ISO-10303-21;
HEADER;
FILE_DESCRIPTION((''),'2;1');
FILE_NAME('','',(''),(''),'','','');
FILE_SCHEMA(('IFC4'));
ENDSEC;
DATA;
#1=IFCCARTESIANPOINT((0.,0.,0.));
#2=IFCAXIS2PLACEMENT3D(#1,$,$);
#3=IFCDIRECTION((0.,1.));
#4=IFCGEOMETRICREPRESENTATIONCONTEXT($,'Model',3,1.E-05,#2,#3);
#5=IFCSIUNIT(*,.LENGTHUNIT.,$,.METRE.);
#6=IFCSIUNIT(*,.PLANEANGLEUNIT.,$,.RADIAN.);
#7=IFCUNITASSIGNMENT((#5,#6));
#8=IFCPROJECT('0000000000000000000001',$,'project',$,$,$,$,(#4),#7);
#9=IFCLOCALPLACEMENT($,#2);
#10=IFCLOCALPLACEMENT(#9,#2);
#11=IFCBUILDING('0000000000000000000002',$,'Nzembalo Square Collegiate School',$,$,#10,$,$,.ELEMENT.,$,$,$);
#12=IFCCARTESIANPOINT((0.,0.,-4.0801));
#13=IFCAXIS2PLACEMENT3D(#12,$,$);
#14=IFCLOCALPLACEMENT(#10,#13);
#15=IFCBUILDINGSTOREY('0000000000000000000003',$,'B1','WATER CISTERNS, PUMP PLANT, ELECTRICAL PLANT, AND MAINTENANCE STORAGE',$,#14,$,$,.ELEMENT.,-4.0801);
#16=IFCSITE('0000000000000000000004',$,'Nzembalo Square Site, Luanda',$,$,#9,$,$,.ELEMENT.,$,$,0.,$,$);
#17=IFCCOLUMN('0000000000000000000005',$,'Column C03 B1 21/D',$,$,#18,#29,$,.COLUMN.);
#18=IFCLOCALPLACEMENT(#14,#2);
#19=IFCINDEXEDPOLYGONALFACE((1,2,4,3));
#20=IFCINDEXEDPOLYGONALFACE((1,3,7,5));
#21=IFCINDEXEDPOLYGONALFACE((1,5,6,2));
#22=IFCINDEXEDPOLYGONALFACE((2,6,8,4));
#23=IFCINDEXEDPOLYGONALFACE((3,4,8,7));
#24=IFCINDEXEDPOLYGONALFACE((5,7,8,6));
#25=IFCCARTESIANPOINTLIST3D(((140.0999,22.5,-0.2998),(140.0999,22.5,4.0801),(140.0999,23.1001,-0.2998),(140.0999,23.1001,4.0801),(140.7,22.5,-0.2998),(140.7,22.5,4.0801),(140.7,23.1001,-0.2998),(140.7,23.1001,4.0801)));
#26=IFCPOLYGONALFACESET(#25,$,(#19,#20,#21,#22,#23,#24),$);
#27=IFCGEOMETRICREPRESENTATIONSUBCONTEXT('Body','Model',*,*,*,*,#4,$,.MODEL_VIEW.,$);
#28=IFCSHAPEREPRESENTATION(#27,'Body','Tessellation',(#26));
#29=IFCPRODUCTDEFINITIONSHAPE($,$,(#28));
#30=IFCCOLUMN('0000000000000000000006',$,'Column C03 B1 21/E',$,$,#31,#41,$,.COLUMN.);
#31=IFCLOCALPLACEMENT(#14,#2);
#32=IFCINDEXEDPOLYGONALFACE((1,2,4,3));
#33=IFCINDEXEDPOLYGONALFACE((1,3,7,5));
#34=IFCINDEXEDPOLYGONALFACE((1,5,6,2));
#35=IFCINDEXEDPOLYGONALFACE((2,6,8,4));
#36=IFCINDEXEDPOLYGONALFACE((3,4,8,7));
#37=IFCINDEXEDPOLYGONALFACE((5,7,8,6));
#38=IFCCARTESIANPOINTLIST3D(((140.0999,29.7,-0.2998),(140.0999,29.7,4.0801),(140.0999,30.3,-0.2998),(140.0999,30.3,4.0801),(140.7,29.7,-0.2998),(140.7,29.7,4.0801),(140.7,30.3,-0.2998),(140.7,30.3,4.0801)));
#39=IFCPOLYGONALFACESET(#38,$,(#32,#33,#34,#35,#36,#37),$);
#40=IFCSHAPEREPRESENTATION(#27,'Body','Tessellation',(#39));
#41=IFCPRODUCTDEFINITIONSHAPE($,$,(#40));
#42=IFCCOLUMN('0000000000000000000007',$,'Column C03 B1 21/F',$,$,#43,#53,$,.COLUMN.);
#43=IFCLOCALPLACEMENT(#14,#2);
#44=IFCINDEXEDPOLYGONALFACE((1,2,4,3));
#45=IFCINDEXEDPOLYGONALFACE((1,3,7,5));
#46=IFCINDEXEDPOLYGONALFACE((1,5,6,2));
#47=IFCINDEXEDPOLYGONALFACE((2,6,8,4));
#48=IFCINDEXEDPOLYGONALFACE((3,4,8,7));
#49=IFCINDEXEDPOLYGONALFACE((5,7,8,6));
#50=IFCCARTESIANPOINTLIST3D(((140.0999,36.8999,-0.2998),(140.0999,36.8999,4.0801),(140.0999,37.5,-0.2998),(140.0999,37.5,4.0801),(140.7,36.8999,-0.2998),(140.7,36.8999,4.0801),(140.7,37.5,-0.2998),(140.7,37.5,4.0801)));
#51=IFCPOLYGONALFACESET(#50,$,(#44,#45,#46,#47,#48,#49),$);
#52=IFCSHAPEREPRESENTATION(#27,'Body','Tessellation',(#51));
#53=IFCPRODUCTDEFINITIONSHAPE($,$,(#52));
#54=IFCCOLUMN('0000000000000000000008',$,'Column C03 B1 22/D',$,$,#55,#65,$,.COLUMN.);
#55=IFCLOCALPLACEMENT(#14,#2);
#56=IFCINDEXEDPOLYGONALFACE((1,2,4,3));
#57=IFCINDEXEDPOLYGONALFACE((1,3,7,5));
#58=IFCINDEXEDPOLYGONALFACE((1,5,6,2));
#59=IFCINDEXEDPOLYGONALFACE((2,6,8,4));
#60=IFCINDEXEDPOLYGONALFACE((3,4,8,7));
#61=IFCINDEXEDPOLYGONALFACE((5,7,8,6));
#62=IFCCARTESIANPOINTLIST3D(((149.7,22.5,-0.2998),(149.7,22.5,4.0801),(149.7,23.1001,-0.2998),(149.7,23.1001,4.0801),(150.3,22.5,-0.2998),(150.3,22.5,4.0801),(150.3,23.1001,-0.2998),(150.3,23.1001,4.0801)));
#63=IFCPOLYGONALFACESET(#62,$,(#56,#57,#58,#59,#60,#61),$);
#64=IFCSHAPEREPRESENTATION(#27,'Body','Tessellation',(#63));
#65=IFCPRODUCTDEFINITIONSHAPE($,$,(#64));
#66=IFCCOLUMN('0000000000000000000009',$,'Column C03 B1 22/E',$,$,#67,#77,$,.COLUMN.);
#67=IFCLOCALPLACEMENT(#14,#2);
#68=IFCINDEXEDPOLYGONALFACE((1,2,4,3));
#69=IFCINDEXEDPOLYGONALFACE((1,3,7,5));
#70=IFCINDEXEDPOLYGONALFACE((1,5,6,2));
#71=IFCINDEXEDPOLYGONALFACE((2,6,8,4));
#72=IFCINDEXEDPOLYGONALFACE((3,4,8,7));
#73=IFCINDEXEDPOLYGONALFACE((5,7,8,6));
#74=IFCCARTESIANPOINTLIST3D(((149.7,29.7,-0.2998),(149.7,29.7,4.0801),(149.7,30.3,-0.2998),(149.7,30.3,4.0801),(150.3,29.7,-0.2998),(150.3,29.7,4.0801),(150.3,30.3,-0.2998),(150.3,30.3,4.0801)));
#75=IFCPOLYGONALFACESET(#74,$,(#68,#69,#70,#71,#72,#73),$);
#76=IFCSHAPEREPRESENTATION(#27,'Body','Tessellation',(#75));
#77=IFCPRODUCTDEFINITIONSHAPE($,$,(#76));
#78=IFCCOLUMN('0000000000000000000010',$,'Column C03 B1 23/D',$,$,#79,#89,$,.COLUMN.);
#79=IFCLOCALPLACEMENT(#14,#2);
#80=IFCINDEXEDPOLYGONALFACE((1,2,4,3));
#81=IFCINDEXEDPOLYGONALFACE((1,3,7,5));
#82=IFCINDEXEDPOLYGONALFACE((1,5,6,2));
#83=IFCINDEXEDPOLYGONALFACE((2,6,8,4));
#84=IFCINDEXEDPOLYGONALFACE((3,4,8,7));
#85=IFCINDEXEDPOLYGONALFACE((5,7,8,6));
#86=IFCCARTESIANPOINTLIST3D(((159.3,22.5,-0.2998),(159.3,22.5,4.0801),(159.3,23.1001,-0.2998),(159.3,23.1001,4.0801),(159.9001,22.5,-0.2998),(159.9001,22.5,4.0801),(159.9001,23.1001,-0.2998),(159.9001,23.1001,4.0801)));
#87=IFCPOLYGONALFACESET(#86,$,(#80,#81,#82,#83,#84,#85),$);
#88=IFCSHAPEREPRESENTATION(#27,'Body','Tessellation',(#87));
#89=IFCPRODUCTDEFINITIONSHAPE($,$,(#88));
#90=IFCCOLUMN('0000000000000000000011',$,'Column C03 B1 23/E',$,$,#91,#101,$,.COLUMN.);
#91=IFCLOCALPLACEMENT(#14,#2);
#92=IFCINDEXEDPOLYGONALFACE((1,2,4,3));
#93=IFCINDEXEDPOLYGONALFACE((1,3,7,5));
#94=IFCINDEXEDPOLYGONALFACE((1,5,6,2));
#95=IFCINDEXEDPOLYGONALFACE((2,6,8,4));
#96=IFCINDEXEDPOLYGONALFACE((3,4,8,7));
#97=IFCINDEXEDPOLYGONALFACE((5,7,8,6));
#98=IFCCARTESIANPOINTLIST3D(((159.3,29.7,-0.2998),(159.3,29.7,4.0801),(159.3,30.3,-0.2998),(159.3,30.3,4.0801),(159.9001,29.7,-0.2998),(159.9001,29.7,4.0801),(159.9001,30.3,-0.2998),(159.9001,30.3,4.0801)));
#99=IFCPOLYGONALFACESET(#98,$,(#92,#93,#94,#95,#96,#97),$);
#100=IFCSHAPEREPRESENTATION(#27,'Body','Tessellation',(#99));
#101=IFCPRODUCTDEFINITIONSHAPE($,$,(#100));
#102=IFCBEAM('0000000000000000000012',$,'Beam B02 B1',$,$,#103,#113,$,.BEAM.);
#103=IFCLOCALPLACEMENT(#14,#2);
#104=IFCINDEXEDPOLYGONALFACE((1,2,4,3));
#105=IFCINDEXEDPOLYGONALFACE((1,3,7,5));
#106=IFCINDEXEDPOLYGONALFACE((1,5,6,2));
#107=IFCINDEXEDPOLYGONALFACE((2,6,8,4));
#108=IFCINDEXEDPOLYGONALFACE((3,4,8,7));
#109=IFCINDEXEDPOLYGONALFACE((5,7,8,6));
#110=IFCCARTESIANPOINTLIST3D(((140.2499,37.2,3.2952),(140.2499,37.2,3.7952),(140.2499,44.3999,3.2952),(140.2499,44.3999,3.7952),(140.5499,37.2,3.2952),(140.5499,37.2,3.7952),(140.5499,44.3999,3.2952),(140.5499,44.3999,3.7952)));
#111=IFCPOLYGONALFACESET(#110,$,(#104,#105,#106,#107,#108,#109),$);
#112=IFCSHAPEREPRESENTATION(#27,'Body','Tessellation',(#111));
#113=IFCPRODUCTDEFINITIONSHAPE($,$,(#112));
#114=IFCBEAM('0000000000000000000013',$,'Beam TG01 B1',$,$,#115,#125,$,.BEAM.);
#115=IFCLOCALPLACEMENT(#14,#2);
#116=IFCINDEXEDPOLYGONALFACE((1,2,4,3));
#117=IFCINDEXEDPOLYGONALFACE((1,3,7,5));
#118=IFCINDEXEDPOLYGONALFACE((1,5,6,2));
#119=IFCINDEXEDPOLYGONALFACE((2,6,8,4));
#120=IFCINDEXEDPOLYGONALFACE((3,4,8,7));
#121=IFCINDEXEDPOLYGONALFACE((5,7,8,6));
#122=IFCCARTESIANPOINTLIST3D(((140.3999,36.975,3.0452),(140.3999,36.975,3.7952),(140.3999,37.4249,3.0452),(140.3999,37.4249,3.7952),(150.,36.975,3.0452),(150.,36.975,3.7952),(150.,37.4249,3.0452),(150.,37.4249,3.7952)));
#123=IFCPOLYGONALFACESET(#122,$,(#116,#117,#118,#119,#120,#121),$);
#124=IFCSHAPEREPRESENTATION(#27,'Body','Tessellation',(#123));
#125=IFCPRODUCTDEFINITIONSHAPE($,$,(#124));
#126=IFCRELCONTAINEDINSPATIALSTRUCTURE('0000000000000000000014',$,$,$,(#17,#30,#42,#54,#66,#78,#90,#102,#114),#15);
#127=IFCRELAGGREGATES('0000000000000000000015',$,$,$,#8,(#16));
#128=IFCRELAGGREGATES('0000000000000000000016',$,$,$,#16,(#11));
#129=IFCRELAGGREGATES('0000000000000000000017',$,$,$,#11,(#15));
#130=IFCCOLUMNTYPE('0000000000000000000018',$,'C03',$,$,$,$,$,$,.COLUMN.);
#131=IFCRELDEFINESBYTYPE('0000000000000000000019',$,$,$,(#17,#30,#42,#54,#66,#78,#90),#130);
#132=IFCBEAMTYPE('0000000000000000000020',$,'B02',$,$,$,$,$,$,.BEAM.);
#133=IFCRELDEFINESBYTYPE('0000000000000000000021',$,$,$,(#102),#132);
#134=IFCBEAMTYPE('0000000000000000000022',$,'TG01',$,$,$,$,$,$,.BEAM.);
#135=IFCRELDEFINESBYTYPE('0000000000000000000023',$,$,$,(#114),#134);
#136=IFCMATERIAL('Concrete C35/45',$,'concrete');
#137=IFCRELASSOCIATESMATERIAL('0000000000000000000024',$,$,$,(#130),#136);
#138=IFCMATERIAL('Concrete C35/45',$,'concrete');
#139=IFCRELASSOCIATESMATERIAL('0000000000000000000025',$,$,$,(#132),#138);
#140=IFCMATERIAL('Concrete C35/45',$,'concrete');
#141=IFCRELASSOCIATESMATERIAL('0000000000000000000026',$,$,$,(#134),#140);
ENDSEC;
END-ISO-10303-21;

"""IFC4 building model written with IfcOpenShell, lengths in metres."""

from ifc_helpers import new_model, si_unit, direction, frame, origin, origin_2d, place, context, subcontext, project, spatial, rectangle, extrude, material, material_profile, profile_set, type_object, element, save


model = new_model("IFC4")

# Units and contexts
model_context = context("Model", 3, precision=1e-05, world=origin(), true_north=direction((0.0, 1.0)))
body_context = subcontext(model_context, "Body", "Model", "MODEL_VIEW")
ifc_project = project(units=[si_unit("LENGTHUNIT", "METRE"), si_unit("PLANEANGLEUNIT", "RADIAN")], contexts=[model_context])

# Site, building, storey
site_placement = place(None, origin())
site = spatial("IfcSite", under=ifc_project, at=site_placement, Name="Nzembalo Square Site, Luanda", CompositionType="ELEMENT", RefElevation=0.0)
building_placement = place(site_placement, origin())
building = spatial("IfcBuilding", under=site, at=building_placement, Name="Nzembalo Square Collegiate School", CompositionType="ELEMENT")
storey_placement = place(building_placement, frame((0.0, 0.0, -4.0801)))
storey = spatial("IfcBuildingStorey", under=building, at=storey_placement, Name="B1", Description="WATER CISTERNS, PUMP PLANT, ELECTRICAL PLANT, AND MAINTENANCE STORAGE", CompositionType="ELEMENT", Elevation=-4.0801)

# Columns
ifc_material_1 = material(Name="Concrete C35/45", Category="concrete")
ifc_material_profile_1 = material_profile(ifc_material_1, rectangle(XDim=0.6001, YDim=0.6001, at=origin_2d()), Name="RC 600x600")
ifc_profile_set_1 = profile_set([ifc_material_profile_1], Name="Concrete C35/45")
column_type = type_object("IfcColumnType", Name="C03", PredefinedType="COLUMN", material=ifc_profile_set_1)
for number, where, z_axis, x_axis, name in (
    (1, (140.3999, 22.8, -0.2998), (0.0, 0.0, 1.0), (1.0, 0.0, 0.0), "Column C03 B1 21/D"),
    (2, (140.3999, 30.0, -0.2998), (0.0, 0.0, 1.0), (1.0, 0.0, 0.0), "Column C03 B1 21/E"),
    (3, (140.3999, 37.2, -0.2998), (0.0, 0.0, 1.0), (1.0, 0.0, 0.0), "Column C03 B1 21/F"),
    (4, (150.0, 22.8, -0.2998), (0.0, 0.0, 1.0), (1.0, 0.0, 0.0), "Column C03 B1 22/D"),
    (5, (150.0, 30.0, -0.2998), (0.0, 0.0, 1.0), (1.0, 0.0, 0.0), "Column C03 B1 22/E"),
    (6, (159.6001, 22.8, -0.2998), (0.0, 0.0, 1.0), (1.0, 0.0, 0.0), "Column C03 B1 23/D"),
    (7, (159.6001, 30.0, -0.2998), (0.0, 0.0, 1.0), (1.0, 0.0, 0.0), "Column C03 B1 23/E"),
):
    element("IfcColumn", number, at=place(storey_placement, frame(where, z_axis=z_axis, x_axis=x_axis)), inside=storey, type_object=column_type, Name=name, PredefinedType="COLUMN", context=body_context, shape_type="SweptSolid", body=[
        extrude(rectangle(XDim=0.6001, YDim=0.6001, at=origin_2d()), origin(), (0.0, 0.0, 1.0), 4.3799),
    ])

# Beams
ifc_material_2 = material(Name="Concrete C35/45", Category="concrete")
ifc_material_profile_2 = material_profile(ifc_material_2, rectangle(XDim=0.3, YDim=0.5, at=origin_2d()), Name="RC 300x500")
ifc_profile_set_2 = profile_set([ifc_material_profile_2], Name="Concrete C35/45")
beam_type_1 = type_object("IfcBeamType", Name="B02", PredefinedType="BEAM", material=ifc_profile_set_2)
beam_1_placement = place(storey_placement, frame((140.3999, 37.2, 3.5452), z_axis=(0.0, 1.0, 0.0), x_axis=(-1.0, 0.0, 0.0)))
element("IfcBeam", 8, at=beam_1_placement, inside=storey, type_object=beam_type_1, Name="Beam B02 B1", PredefinedType="BEAM", context=body_context, shape_type="SweptSolid", body=[
    extrude(rectangle(XDim=0.3, YDim=0.5, at=origin_2d()), origin(), (0.0, 0.0, 1.0), 7.2),
])
ifc_material_3 = material(Name="Concrete C35/45", Category="concrete")
ifc_material_profile_3 = material_profile(ifc_material_3, rectangle(XDim=0.45, YDim=0.75, at=origin_2d()), Name="RC 450x750")
ifc_profile_set_3 = profile_set([ifc_material_profile_3], Name="Concrete C35/45")
beam_type_2 = type_object("IfcBeamType", Name="TG01", PredefinedType="BEAM", material=ifc_profile_set_3)
beam_2_placement = place(storey_placement, frame((140.3999, 37.2, 3.4202), z_axis=(1.0, 0.0, 0.0), x_axis=(0.0, 1.0, 0.0)))
element("IfcBeam", 9, at=beam_2_placement, inside=storey, type_object=beam_type_2, Name="Beam TG01 B1", PredefinedType="BEAM", context=body_context, shape_type="SweptSolid", body=[
    extrude(rectangle(XDim=0.45, YDim=0.75, at=origin_2d()), origin(), (0.0, 0.0, 1.0), 9.6001),
])

save(model, "model.ifc")
